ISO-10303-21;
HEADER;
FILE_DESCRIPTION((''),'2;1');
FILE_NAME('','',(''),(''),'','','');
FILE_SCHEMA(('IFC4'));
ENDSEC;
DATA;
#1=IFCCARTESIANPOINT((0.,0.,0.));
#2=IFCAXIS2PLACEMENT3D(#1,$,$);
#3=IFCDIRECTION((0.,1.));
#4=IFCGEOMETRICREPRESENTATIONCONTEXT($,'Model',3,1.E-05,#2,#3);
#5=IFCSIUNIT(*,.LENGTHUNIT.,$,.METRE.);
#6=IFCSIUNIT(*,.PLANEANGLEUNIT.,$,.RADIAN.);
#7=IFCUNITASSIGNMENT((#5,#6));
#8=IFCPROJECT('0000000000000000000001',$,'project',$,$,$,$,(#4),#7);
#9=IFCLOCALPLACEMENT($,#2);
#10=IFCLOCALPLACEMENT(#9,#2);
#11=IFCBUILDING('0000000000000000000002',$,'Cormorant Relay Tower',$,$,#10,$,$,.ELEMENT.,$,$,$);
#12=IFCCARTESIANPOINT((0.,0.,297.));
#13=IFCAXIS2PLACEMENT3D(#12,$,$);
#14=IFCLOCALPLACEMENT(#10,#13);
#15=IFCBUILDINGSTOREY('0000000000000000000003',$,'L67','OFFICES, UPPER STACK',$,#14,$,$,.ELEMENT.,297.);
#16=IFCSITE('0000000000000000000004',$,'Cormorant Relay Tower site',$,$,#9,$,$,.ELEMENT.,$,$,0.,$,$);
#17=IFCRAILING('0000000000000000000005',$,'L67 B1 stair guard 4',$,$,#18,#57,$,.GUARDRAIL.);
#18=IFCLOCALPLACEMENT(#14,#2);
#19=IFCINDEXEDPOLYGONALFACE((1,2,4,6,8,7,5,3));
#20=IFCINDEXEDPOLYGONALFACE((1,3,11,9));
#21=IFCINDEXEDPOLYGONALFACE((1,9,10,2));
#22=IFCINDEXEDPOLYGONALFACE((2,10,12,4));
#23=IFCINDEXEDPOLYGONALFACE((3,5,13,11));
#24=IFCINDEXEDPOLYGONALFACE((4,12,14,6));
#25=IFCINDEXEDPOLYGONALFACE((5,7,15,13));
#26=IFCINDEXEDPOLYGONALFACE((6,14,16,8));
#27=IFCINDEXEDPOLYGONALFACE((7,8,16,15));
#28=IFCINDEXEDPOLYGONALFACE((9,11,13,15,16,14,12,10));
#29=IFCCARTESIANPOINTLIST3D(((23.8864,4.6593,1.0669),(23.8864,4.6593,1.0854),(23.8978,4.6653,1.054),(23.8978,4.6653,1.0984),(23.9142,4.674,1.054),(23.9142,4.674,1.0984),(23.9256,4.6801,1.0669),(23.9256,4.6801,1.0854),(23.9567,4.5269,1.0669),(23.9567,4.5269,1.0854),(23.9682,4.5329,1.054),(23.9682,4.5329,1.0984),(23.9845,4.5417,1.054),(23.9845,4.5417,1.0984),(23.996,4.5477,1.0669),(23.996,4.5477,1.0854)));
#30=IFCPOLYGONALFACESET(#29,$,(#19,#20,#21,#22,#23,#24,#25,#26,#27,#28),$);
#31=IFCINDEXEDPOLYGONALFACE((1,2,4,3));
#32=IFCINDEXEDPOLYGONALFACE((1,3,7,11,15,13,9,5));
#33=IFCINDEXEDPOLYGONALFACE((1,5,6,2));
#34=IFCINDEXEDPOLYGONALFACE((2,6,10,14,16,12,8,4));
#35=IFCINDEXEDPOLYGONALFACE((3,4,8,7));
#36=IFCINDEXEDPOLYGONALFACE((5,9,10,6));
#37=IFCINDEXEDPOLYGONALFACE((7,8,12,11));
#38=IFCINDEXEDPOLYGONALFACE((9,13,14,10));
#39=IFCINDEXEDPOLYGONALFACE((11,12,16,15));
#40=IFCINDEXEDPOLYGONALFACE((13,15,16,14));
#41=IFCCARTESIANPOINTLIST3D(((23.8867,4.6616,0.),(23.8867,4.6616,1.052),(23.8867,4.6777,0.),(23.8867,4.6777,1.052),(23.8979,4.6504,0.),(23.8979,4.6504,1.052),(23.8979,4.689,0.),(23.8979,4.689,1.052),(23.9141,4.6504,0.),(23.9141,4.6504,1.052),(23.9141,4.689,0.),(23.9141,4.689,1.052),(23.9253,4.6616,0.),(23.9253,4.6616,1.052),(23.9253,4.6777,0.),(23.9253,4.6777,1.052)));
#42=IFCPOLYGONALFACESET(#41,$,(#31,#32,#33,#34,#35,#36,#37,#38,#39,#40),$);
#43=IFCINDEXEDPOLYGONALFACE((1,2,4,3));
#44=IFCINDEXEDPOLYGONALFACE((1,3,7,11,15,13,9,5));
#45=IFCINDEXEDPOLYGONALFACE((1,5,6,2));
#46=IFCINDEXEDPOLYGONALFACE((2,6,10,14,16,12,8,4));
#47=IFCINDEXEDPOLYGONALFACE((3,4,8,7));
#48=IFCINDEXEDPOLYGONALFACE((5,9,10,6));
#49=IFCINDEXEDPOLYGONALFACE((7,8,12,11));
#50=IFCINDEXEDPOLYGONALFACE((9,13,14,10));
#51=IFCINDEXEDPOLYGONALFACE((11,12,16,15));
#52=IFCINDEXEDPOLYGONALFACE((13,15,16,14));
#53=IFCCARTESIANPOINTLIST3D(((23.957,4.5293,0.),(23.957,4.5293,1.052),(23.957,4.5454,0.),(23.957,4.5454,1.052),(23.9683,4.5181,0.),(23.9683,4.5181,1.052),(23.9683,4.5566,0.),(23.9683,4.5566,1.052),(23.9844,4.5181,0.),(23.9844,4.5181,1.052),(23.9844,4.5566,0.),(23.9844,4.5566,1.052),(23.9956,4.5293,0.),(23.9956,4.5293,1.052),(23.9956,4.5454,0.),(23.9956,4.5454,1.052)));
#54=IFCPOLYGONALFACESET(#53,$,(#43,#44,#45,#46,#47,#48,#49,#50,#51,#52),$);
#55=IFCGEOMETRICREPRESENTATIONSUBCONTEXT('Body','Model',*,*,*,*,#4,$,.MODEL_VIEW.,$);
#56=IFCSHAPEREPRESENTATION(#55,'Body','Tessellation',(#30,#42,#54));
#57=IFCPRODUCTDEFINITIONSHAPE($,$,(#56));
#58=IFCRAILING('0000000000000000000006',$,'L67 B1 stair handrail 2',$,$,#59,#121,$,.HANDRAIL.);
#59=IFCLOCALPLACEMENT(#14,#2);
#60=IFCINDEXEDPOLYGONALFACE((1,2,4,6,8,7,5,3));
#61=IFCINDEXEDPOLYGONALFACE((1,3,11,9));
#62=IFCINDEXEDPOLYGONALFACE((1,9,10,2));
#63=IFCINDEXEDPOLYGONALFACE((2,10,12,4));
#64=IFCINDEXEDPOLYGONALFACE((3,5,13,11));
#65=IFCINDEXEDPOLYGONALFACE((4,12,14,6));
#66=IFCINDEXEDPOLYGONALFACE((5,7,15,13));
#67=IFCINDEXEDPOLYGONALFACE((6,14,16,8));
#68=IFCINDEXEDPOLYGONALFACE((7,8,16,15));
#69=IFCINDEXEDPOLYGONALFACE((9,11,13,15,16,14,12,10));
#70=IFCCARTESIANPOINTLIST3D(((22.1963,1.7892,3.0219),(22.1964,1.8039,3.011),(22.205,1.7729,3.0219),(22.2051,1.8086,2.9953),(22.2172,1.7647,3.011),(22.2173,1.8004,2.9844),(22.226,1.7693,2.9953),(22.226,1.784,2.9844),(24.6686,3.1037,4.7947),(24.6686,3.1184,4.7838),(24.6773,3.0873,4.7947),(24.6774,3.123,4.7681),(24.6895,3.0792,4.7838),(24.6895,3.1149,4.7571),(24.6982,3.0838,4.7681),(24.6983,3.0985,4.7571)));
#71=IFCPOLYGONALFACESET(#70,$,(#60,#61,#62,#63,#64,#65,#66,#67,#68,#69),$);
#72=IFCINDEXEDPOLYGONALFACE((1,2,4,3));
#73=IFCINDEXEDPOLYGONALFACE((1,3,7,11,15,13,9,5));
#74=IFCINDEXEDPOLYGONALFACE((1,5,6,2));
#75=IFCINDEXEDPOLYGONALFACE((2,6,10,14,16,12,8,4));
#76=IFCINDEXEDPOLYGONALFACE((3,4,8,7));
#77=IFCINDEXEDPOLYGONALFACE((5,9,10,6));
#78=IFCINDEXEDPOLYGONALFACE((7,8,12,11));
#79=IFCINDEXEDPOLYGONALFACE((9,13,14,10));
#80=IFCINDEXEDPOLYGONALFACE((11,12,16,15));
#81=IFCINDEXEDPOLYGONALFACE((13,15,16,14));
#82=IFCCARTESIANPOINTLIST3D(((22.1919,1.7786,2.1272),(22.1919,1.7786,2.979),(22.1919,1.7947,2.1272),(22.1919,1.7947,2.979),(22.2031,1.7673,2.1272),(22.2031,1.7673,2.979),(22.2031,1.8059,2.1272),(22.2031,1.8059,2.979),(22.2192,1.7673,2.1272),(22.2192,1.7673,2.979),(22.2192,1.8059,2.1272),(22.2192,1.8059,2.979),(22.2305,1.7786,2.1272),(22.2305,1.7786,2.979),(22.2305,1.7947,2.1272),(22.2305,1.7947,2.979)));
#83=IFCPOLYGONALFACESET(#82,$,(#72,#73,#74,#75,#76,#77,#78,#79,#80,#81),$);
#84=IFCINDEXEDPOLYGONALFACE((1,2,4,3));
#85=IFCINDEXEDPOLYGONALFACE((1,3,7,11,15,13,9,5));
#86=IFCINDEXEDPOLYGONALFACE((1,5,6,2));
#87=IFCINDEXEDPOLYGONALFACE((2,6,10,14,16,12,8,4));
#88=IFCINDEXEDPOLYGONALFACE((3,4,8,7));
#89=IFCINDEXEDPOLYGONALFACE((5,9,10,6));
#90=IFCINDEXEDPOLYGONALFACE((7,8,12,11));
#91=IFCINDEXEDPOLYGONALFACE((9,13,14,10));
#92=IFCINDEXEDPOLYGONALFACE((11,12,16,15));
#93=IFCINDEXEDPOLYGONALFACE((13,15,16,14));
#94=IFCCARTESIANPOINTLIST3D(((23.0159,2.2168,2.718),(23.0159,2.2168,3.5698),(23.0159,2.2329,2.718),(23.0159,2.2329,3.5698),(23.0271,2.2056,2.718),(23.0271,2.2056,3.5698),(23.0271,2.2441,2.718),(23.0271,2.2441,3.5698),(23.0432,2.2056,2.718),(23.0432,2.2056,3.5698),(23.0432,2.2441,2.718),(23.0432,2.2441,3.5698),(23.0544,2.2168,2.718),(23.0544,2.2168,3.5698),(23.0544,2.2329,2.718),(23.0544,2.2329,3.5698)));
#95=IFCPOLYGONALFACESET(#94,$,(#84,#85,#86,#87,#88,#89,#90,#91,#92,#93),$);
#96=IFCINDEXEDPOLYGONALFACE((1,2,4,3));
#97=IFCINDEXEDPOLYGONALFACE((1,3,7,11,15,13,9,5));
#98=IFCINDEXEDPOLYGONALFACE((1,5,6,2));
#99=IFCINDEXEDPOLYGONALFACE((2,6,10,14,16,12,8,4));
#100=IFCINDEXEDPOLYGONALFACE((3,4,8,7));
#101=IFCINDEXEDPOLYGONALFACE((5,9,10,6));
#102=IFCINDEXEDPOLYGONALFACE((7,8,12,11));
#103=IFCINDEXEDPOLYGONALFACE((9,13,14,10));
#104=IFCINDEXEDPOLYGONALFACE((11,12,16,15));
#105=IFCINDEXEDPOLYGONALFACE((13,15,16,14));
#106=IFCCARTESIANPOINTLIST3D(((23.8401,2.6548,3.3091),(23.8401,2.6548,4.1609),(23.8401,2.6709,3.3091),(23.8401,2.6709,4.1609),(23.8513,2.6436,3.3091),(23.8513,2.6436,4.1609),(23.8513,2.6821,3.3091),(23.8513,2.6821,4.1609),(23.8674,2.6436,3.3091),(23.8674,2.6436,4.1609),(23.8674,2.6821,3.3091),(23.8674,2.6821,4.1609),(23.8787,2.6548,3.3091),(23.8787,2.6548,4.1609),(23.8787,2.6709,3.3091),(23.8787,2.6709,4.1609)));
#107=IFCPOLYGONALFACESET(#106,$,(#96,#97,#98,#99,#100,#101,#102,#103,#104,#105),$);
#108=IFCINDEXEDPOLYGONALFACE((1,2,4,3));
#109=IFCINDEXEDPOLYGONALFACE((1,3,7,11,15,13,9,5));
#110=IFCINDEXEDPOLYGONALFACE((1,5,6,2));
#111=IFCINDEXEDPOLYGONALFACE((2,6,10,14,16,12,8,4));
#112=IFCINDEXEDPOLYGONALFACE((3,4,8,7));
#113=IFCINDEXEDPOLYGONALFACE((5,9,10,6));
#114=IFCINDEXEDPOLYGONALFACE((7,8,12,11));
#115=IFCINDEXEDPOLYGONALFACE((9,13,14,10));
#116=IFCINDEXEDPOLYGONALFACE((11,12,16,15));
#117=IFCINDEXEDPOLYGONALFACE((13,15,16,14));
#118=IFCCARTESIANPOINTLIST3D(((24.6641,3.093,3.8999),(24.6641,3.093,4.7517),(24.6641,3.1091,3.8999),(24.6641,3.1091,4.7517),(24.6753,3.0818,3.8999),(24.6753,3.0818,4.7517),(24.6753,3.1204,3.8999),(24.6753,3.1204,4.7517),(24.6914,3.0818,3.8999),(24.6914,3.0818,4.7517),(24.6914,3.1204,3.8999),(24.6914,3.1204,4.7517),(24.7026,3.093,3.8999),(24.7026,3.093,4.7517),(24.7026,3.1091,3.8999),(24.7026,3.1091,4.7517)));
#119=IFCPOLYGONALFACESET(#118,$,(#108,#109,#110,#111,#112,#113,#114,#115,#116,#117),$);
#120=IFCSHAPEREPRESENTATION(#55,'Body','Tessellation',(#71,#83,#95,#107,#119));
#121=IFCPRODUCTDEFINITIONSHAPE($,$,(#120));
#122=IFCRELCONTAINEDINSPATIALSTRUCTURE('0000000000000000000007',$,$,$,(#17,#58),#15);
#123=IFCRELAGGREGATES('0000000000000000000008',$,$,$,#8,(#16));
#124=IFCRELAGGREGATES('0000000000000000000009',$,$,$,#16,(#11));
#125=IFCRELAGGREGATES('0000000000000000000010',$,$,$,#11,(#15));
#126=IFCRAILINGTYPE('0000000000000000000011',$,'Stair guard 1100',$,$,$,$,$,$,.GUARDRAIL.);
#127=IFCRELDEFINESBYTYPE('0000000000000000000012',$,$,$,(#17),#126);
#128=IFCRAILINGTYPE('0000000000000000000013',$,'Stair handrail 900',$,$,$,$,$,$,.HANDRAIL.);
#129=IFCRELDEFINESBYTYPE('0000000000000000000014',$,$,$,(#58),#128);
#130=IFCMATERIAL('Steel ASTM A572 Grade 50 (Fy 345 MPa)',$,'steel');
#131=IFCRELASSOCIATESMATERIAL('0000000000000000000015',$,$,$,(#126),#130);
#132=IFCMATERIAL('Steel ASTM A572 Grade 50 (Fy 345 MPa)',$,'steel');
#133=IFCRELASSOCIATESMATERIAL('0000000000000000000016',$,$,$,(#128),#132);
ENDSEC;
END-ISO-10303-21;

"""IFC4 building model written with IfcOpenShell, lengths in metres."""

from ifc_helpers import new_model, si_unit, direction, frame, origin, place, context, subcontext, project, spatial, polyline, outline, extrude, material, type_object, element, save


model = new_model("IFC4")

# Units and contexts
model_context = context("Model", 3, precision=1e-05, world=origin(), true_north=direction((0.0, 1.0)))
body_context = subcontext(model_context, "Body", "Model", "MODEL_VIEW")
ifc_project = project(units=[si_unit("LENGTHUNIT", "METRE"), si_unit("PLANEANGLEUNIT", "RADIAN")], contexts=[model_context])

# Site, building, storey
site_placement = place(None, origin())
site = spatial("IfcSite", under=ifc_project, at=site_placement, Name="Cormorant Relay Tower site", CompositionType="ELEMENT", RefElevation=0.0)
building_placement = place(site_placement, origin())
building = spatial("IfcBuilding", under=site, at=building_placement, Name="Cormorant Relay Tower", CompositionType="ELEMENT")
storey_placement = place(building_placement, frame((0.0, 0.0, 297.0)))
storey = spatial("IfcBuildingStorey", under=building, at=storey_placement, Name="L67", Description="OFFICES, UPPER STACK", CompositionType="ELEMENT", Elevation=297.0)

# Railings
ifc_material_1 = material(Name="Steel ASTM A572 Grade 50 (Fy 345 MPa)", Category="steel")
railing_type_1 = type_object("IfcRailingType", Name="Stair guard 1100", PredefinedType="GUARDRAIL", material=ifc_material_1)
railing_1_placement = place(storey_placement, frame((23.906, 4.6697, 0.0)))
element("IfcRailing", 1, at=railing_1_placement, inside=storey, type_object=railing_type_1, Name="L67 B1 stair guard 4", PredefinedType="GUARDRAIL", context=body_context, shape_type="SweptSolid", body=[
    extrude(outline(polyline([(0.0222, 0.0093), (0.0093, 0.0222), (-0.0093, 0.0222), (-0.0222, 0.0093), (-0.0222, -0.0093), (-0.0093, -0.0222), (0.0093, -0.0222), (0.0222, -0.0093), (0.0222, 0.0093)])), frame((0.0, 0.0, 1.0762), z_axis=(0.469235, -0.883074, 0.0), x_axis=(0.883074, 0.469235, 0.0)), (0.0, 0.0, 1.0), 0.1499),
    extrude(outline(polyline([(0.0193, 0.0081), (0.0081, 0.0193), (-0.0081, 0.0193), (-0.0193, 0.0081), (-0.0193, -0.0081), (-0.0081, -0.0193), (0.0081, -0.0193), (0.0193, -0.0081), (0.0193, 0.0081)])), origin(), (0.0, 0.0, 1.0), 1.052),
    extrude(outline(polyline([(0.0193, 0.0081), (0.0081, 0.0193), (-0.0081, 0.0193), (-0.0193, 0.0081), (-0.0193, -0.0081), (-0.0081, -0.0193), (0.0081, -0.0193), (0.0193, -0.0081), (0.0193, 0.0081)])), frame((0.0703, -0.1323, 0.0)), (0.0, 0.0, 1.0), 1.052),
])
ifc_material_2 = material(Name="Steel ASTM A572 Grade 50 (Fy 345 MPa)", Category="steel")
railing_type_2 = type_object("IfcRailingType", Name="Stair handrail 900", PredefinedType="HANDRAIL", material=ifc_material_2)
railing_2_placement = place(storey_placement, frame((22.2112, 1.7866, 2.1272)))
element("IfcRailing", 2, at=railing_2_placement, inside=storey, type_object=railing_type_2, Name="L67 B1 stair handrail 2", PredefinedType="HANDRAIL", context=body_context, shape_type="SweptSolid", body=[
    extrude(outline(polyline([(0.0222, 0.0093), (0.0093, 0.0222), (-0.0093, 0.0222), (-0.0222, 0.0093), (-0.0222, -0.0093), (-0.0093, -0.0222), (0.0093, -0.0222), (0.0222, -0.0093), (0.0222, 0.0093)])), frame((0.0, 0.0, 0.876), z_axis=(0.746001, 0.396649, 0.534931), x_axis=(-0.469465, 0.882951, 0.0)), (0.0, 0.0, 1.0), 3.314),
    extrude(outline(polyline([(0.0193, 0.0081), (0.0081, 0.0193), (-0.0081, 0.0193), (-0.0193, 0.0081), (-0.0193, -0.0081), (-0.0081, -0.0193), (0.0081, -0.0193), (0.0193, -0.0081), (0.0193, 0.0081)])), origin(), (0.0, 0.0, 1.0), 0.8518),
    extrude(outline(polyline([(0.0193, 0.0081), (0.0081, 0.0193), (-0.0081, 0.0193), (-0.0193, 0.0081), (-0.0193, -0.0081), (-0.0081, -0.0193), (0.0081, -0.0193), (0.0193, -0.0081), (0.0193, 0.0081)])), frame((0.824, 0.4382, 0.5908)), (0.0, 0.0, 1.0), 0.8518),
    extrude(outline(polyline([(0.0193, 0.0081), (0.0081, 0.0193), (-0.0081, 0.0193), (-0.0193, 0.0081), (-0.0193, -0.0081), (-0.0081, -0.0193), (0.0081, -0.0193), (0.0193, -0.0081), (0.0193, 0.0081)])), frame((1.6482, 0.8762, 1.1819)), (0.0, 0.0, 1.0), 0.8518),
    extrude(outline(polyline([(0.0193, 0.0081), (0.0081, 0.0193), (-0.0081, 0.0193), (-0.0193, 0.0081), (-0.0193, -0.0081), (-0.0081, -0.0193), (0.0081, -0.0193), (0.0193, -0.0081), (0.0193, 0.0081)])), frame((2.4722, 1.3145, 1.7727)), (0.0, 0.0, 1.0), 0.8518),
])

save(model, "model.ifc")
